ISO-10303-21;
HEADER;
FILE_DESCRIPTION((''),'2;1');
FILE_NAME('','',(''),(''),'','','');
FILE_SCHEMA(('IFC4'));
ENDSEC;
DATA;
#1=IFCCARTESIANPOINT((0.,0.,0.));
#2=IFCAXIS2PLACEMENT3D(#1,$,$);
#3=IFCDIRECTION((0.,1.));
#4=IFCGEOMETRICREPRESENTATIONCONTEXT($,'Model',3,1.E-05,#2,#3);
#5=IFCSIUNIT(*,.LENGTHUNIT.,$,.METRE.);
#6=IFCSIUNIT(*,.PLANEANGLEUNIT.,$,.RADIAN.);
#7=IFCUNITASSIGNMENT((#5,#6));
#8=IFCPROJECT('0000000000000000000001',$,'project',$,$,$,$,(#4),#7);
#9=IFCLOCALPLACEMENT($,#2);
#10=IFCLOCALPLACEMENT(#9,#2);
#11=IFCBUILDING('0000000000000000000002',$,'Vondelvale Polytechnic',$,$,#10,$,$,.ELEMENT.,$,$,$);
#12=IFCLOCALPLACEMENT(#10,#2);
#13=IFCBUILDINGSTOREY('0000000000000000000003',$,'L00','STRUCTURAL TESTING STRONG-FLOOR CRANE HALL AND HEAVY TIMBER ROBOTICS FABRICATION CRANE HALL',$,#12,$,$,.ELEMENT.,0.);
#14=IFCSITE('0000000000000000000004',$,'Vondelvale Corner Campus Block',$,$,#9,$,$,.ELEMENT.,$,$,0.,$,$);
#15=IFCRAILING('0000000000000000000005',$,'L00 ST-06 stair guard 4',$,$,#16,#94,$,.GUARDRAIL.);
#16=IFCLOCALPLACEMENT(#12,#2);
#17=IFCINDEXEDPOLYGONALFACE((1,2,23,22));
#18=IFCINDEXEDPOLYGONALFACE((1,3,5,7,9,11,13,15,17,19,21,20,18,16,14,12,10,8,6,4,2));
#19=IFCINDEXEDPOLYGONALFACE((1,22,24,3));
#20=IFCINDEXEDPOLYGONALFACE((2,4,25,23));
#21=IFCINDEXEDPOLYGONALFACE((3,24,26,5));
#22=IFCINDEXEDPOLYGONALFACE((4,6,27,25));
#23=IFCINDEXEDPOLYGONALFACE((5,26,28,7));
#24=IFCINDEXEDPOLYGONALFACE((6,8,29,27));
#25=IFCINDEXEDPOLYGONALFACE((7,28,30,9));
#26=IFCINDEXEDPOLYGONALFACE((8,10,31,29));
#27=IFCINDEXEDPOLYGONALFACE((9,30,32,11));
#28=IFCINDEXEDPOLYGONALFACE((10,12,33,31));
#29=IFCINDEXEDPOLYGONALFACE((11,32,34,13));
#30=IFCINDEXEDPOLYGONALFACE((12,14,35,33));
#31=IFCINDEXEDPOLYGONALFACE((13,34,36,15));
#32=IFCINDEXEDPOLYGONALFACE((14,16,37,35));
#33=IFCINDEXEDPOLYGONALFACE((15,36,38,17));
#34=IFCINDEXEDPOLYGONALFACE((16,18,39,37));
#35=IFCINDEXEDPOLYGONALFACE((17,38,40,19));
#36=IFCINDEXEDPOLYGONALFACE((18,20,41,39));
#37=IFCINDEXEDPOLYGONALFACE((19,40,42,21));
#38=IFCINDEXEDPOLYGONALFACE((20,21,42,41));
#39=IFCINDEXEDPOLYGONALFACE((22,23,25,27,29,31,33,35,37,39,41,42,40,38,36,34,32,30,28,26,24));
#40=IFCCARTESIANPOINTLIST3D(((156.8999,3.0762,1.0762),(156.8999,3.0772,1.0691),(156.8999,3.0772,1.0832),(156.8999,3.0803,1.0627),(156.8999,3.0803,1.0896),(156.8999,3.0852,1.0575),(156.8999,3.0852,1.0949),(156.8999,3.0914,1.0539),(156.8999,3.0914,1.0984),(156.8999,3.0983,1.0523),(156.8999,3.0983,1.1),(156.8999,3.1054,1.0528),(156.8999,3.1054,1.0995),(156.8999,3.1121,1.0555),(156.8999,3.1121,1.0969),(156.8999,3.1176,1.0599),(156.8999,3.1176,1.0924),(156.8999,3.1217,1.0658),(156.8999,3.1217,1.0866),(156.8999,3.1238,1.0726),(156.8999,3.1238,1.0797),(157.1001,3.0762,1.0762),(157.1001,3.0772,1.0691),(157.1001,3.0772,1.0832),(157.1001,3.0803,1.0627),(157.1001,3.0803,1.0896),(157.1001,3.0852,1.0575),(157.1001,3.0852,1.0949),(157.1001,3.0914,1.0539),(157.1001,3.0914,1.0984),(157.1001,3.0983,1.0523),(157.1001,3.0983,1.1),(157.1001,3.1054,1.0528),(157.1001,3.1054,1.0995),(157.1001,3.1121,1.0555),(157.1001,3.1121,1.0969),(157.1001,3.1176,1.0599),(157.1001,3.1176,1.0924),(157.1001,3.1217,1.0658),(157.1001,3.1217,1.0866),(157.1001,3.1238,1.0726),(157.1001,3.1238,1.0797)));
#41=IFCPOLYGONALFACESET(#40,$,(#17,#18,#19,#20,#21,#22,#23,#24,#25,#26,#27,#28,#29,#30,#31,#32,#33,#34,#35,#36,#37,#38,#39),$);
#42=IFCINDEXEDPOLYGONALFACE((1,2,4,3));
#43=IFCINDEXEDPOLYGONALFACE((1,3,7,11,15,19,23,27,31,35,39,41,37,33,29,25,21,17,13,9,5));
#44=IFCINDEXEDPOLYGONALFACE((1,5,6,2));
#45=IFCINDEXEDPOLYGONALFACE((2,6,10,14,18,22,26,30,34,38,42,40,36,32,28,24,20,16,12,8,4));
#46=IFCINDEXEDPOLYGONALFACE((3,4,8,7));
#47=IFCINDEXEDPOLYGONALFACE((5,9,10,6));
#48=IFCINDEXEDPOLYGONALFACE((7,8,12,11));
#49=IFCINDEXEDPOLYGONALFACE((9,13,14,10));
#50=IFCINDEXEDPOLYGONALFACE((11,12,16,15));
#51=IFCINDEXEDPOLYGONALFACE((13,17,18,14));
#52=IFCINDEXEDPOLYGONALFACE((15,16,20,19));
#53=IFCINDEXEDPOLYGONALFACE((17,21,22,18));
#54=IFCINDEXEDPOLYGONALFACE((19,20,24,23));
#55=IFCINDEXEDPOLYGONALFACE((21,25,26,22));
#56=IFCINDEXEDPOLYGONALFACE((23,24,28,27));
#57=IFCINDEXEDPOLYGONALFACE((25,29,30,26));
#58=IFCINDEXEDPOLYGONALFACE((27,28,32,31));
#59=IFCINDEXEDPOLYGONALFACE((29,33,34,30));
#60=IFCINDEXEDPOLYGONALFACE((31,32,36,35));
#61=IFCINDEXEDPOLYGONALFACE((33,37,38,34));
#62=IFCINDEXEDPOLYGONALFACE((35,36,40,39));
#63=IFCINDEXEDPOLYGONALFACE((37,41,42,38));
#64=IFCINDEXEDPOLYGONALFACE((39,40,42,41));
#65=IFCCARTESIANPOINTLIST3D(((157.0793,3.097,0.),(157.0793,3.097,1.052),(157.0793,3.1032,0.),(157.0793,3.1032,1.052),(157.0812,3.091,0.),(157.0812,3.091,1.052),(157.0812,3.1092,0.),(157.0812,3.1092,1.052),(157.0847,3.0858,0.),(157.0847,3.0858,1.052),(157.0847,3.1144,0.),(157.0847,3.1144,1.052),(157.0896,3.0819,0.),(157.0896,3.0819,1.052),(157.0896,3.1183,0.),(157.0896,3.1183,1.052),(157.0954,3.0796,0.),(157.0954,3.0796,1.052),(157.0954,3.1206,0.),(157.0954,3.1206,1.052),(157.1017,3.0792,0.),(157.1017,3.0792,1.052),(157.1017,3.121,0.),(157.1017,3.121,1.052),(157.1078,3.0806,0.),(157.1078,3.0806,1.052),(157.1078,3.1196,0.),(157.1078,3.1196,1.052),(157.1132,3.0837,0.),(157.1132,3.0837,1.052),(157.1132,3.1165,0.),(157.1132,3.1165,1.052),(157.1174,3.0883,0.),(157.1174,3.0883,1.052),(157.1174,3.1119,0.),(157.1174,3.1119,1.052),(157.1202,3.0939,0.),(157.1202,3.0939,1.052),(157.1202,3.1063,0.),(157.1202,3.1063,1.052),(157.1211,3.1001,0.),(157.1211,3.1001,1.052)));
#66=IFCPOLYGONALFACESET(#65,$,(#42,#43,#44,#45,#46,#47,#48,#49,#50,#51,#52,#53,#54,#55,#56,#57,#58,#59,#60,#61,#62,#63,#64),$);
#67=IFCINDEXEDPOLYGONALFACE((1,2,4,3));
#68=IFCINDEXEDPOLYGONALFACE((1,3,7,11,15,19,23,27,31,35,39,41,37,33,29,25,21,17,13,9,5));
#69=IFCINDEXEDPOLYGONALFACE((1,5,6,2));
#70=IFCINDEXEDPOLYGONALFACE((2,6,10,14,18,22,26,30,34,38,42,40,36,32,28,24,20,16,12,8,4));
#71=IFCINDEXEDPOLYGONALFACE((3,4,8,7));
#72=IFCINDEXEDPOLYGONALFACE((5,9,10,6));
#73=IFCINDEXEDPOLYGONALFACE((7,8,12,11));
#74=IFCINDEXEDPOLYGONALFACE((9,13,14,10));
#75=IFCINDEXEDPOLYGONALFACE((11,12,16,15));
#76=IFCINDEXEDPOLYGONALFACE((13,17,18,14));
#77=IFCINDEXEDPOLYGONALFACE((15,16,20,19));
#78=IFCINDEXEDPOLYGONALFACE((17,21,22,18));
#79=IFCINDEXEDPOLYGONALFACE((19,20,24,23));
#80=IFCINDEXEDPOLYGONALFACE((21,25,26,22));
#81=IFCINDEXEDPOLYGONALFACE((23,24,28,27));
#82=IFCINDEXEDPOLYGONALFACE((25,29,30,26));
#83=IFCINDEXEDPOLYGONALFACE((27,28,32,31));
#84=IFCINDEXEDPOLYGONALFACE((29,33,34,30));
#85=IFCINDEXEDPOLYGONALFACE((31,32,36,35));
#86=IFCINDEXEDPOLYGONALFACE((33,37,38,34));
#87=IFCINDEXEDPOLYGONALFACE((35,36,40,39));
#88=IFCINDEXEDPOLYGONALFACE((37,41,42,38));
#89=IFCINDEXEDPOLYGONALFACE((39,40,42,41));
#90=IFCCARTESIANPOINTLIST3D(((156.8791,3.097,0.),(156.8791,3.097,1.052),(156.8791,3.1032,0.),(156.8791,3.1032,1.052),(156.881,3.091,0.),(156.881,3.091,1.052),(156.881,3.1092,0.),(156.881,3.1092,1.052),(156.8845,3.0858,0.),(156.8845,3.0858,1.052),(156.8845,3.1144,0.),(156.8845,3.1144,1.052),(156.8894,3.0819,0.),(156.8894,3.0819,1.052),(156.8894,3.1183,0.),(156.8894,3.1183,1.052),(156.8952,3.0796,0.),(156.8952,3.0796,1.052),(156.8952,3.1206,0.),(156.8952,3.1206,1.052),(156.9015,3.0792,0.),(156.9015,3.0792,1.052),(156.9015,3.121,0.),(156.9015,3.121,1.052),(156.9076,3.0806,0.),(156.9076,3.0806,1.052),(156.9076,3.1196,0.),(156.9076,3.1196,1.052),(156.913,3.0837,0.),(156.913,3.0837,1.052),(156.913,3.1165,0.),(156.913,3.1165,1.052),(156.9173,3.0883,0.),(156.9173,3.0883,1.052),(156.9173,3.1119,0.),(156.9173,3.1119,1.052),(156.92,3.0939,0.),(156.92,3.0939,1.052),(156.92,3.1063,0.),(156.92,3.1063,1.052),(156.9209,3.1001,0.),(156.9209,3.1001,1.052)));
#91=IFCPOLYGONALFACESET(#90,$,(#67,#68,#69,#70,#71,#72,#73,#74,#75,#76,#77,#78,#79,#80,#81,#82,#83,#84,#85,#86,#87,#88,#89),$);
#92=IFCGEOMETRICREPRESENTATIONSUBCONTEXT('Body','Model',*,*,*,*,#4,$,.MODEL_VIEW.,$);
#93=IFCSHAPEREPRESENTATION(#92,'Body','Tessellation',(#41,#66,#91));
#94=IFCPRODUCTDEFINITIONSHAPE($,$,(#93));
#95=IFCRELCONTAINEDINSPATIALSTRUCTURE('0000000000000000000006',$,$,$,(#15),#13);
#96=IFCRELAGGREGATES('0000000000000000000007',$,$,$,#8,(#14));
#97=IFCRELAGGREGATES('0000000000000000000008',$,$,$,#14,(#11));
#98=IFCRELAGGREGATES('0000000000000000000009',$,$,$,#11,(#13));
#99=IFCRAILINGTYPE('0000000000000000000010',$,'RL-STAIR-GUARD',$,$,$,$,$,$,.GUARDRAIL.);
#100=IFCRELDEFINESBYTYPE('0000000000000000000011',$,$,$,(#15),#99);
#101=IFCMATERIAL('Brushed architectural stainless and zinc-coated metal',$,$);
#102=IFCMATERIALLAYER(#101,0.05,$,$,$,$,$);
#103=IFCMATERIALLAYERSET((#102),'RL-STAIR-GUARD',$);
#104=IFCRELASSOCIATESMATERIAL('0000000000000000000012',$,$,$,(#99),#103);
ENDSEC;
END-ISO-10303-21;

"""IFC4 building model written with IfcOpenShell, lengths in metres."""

from ifc_helpers import new_model, si_unit, direction, frame, origin, origin_2d, place, context, subcontext, project, spatial, circle, extrude, material, layer, layer_set, type_object, element, save


model = new_model("IFC4")

# Units and contexts
model_context = context("Model", 3, precision=1e-05, world=origin(), true_north=direction((0.0, 1.0)))
body_context = subcontext(model_context, "Body", "Model", "MODEL_VIEW")
ifc_project = project(units=[si_unit("LENGTHUNIT", "METRE"), si_unit("PLANEANGLEUNIT", "RADIAN")], contexts=[model_context])

# Site, building, storey
site_placement = place(None, origin())
site = spatial("IfcSite", under=ifc_project, at=site_placement, Name="Vondelvale Corner Campus Block", CompositionType="ELEMENT", RefElevation=0.0)
building_placement = place(site_placement, origin())
building = spatial("IfcBuilding", under=site, at=building_placement, Name="Vondelvale Polytechnic", CompositionType="ELEMENT")
storey_placement = place(building_placement, origin())
storey = spatial("IfcBuildingStorey", under=building, at=storey_placement, Name="L00", Description="STRUCTURAL TESTING STRONG-FLOOR CRANE HALL AND HEAVY TIMBER ROBOTICS FABRICATION CRANE HALL", CompositionType="ELEMENT", Elevation=0.0)

# Railing
ifc_material_1 = material(Name="Brushed architectural stainless and zinc-coated metal")
ifc_layer_1 = layer(ifc_material_1, 0.05)
ifc_layer_set_1 = layer_set([ifc_layer_1], Name="RL-STAIR-GUARD")
railing_type_1 = type_object("IfcRailingType", Name="RL-STAIR-GUARD", PredefinedType="GUARDRAIL", material=ifc_layer_set_1)
railing_1_placement = place(storey_placement, frame((157.1001, 3.1001, 0.0)))
element("IfcRailing", 1, at=railing_1_placement, inside=storey, type_object=railing_type_1, Name="L00 ST-06 stair guard 4", PredefinedType="GUARDRAIL", context=body_context, shape_type="SweptSolid", body=[
    extrude(circle(Radius=0.0239, at=origin_2d()), frame((0.0, 0.0, 1.0762), z_axis=(-1.0, 0.0, 0.0), x_axis=(0.0, -1.0, 0.0)), (0.0, 0.0, 1.0), 0.2002),
    extrude(circle(Radius=0.021, at=origin_2d()), origin(), (0.0, 0.0, 1.0), 1.052),
    extrude(circle(Radius=0.021, at=origin_2d()), frame((-0.2002, 0.0, 0.0)), (0.0, 0.0, 1.0), 1.052),
])

save(model, "model.ifc")
